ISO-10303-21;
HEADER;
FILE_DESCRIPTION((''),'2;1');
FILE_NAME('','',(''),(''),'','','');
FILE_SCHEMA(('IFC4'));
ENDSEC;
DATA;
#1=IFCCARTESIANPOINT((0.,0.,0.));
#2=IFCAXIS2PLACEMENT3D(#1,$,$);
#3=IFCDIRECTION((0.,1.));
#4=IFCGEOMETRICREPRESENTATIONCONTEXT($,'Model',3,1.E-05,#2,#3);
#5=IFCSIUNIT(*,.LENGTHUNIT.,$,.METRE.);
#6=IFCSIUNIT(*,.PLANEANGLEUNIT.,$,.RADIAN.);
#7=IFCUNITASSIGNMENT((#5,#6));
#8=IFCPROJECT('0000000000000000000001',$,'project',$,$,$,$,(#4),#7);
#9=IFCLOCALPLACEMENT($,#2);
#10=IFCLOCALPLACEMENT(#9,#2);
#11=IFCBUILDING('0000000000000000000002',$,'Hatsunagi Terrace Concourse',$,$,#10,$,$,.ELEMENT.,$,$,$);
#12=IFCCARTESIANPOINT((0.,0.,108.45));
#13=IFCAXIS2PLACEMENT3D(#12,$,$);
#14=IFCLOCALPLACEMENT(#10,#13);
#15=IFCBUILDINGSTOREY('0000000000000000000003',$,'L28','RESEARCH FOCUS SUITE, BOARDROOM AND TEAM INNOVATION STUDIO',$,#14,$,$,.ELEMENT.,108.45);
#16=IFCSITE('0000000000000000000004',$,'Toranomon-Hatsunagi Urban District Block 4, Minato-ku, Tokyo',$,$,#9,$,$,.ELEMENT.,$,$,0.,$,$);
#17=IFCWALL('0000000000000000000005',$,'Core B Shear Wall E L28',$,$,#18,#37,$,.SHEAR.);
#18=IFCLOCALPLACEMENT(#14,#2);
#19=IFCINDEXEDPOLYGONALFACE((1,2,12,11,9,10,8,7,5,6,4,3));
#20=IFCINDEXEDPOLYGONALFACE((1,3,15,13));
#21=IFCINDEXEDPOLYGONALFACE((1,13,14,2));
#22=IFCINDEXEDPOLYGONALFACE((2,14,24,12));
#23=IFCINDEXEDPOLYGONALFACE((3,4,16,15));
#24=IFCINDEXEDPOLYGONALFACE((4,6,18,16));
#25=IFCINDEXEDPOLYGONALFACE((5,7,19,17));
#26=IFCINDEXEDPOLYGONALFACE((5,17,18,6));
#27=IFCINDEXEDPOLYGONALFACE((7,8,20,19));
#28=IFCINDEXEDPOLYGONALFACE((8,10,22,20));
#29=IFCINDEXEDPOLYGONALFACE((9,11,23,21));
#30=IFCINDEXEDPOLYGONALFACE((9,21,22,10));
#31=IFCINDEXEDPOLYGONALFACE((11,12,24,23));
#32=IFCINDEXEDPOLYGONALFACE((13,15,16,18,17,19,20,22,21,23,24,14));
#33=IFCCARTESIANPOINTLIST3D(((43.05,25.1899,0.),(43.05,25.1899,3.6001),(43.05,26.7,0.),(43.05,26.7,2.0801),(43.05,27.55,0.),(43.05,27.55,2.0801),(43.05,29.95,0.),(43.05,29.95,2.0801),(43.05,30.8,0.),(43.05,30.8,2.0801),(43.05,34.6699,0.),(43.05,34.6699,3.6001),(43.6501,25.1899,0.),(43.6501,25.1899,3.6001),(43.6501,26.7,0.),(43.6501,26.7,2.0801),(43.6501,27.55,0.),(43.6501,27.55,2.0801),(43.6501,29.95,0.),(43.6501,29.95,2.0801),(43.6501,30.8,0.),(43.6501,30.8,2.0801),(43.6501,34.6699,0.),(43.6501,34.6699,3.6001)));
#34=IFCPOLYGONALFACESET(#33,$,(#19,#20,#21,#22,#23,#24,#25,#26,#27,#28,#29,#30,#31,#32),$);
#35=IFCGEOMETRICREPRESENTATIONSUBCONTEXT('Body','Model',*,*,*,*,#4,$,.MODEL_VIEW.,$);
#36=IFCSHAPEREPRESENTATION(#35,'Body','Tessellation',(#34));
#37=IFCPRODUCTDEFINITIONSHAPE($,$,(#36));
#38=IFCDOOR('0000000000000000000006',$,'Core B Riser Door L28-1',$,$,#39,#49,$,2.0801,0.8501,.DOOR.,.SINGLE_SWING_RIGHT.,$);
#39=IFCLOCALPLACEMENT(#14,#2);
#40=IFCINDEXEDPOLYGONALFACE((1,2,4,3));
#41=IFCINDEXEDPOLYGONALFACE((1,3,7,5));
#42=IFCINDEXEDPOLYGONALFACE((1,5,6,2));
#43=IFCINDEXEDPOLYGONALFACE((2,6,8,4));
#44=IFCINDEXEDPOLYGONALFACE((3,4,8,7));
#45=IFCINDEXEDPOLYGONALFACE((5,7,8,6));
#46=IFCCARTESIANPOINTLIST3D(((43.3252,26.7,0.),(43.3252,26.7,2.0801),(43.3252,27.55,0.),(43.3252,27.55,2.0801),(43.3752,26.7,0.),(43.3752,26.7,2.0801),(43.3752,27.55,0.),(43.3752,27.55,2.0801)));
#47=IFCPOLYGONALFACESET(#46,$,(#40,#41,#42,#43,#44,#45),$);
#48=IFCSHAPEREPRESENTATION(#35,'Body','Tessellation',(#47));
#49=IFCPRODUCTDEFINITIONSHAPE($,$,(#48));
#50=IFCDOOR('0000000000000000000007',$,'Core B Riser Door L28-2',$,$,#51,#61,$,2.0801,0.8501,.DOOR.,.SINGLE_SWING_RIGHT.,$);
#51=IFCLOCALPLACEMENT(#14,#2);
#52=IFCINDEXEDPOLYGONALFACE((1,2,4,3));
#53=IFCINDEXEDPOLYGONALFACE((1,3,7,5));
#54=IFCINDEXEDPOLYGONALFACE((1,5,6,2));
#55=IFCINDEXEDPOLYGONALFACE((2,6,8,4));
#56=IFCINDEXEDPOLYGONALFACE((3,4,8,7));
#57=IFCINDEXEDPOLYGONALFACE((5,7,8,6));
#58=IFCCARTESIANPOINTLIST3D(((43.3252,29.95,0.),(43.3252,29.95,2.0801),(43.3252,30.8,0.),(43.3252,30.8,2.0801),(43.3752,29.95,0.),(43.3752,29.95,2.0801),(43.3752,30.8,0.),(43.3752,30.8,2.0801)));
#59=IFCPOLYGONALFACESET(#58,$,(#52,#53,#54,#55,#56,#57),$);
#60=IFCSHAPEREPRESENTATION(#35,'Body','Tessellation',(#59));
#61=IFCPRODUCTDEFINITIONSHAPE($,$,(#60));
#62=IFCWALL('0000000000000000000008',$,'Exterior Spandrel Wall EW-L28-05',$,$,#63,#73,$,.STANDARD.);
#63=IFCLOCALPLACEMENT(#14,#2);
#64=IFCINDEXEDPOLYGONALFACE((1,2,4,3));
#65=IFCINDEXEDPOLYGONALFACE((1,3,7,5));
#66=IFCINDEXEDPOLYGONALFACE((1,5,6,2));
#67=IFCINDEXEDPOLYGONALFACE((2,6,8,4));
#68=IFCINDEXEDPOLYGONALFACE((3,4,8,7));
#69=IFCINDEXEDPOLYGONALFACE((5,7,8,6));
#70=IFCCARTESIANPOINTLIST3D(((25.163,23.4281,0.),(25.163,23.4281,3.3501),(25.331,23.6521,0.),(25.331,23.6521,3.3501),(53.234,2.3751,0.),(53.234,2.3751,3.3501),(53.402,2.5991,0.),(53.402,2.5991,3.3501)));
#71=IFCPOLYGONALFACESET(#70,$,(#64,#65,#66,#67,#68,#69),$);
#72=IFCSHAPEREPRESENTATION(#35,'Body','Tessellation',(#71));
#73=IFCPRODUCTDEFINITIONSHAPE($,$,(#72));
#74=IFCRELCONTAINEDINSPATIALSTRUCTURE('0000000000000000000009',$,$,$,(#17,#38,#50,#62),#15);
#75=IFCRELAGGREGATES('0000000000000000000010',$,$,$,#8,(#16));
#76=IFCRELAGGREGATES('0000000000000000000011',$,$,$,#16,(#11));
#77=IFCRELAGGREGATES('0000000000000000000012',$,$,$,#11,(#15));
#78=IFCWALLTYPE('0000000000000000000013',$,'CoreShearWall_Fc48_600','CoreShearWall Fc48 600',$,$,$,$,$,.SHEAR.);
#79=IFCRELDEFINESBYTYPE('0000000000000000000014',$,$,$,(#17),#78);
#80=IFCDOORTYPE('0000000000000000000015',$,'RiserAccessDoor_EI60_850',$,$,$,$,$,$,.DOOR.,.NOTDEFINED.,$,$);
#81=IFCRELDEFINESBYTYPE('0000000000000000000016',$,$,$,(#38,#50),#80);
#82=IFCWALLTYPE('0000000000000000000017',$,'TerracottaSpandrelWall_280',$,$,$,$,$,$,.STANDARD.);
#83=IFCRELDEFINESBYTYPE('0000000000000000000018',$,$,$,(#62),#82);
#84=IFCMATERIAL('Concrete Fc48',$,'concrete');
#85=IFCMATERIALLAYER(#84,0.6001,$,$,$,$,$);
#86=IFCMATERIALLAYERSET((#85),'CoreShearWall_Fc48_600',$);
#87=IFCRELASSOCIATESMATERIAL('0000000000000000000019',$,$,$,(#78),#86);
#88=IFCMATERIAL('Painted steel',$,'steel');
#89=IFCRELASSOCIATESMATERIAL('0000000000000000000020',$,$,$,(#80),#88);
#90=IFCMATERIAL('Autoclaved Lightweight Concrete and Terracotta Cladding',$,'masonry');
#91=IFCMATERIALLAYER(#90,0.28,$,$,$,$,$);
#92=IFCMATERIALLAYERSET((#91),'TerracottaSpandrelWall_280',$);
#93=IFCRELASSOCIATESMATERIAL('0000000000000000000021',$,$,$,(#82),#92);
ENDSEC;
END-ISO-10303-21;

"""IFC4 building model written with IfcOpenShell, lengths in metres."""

from ifc_helpers import new_model, si_unit, direction, frame, frame_2d, origin, place, context, subcontext, project, spatial, rectangle, extrude, material, layer, layer_set, type_object, element, fill, save


model = new_model("IFC4")

# Units and contexts
model_context = context("Model", 3, precision=1e-05, world=origin(), true_north=direction((0.0, 1.0)))
body_context = subcontext(model_context, "Body", "Model", "MODEL_VIEW")
ifc_project = project(units=[si_unit("LENGTHUNIT", "METRE"), si_unit("PLANEANGLEUNIT", "RADIAN")], contexts=[model_context])

# Site, building, storey
site_placement = place(None, origin())
site = spatial("IfcSite", under=ifc_project, at=site_placement, Name="Toranomon-Hatsunagi Urban District Block 4, Minato-ku, Tokyo", CompositionType="ELEMENT", RefElevation=0.0)
building_placement = place(site_placement, origin())
building = spatial("IfcBuilding", under=site, at=building_placement, Name="Hatsunagi Terrace Concourse", CompositionType="ELEMENT")
storey_placement = place(building_placement, frame((0.0, 0.0, 108.45)))
storey = spatial("IfcBuildingStorey", under=building, at=storey_placement, Name="L28", Description="RESEARCH FOCUS SUITE, BOARDROOM AND TEAM INNOVATION STUDIO", CompositionType="ELEMENT", Elevation=108.45)

# Wall, openings, doors
ifc_material_1 = material(Name="Concrete Fc48", Category="concrete")
ifc_layer_1 = layer(ifc_material_1, 0.6001)
ifc_layer_set_1 = layer_set([ifc_layer_1], Name="CoreShearWall_Fc48_600")
wall_type_1 = type_object("IfcWallType", Name="CoreShearWall_Fc48_600", Description="CoreShearWall Fc48 600", PredefinedType="SHEAR", material=ifc_layer_set_1)
wall_1_placement = place(storey_placement, frame((43.3501, 25.1899, 0.0), z_axis=(0.0, 0.0, 1.0), x_axis=(0.0, 1.0, 0.0)))
wall_1 = element("IfcWall", 1, at=wall_1_placement, inside=storey, type_object=wall_type_1, Name="Core B Shear Wall E L28", PredefinedType="SHEAR", context=body_context, shape_type="SweptSolid", body=[
    extrude(rectangle(XDim=9.48, YDim=0.6001, at=frame_2d((4.74, 0.0))), origin(), (0.0, 0.0, 1.0), 3.6001),
])
opening_1_placement = place(wall_1_placement, frame((1.51, 0.0, 0.0)))
opening_1 = element("IfcOpeningElement", 2, at=opening_1_placement, cuts=wall_1, PredefinedType="OPENING", context=body_context, shape_type="SweptSolid", body=[
    extrude(rectangle(XDim=0.8501, YDim=2.0801, at=frame_2d((0.425, 1.04))), frame((0.0, 0.3101, 0.0), z_axis=(0.0, -1.0, 0.0), x_axis=(1.0, 0.0, 0.0)), (0.0, 0.0, 1.0), 0.6201),
])
opening_2_placement = place(wall_1_placement, frame((4.76, 0.0, 0.0)))
opening_2 = element("IfcOpeningElement", 3, at=opening_2_placement, cuts=wall_1, PredefinedType="OPENING", context=body_context, shape_type="SweptSolid", body=[
    extrude(rectangle(XDim=0.8501, YDim=2.0801, at=frame_2d((0.425, 1.04))), frame((0.0, 0.3101, 0.0), z_axis=(0.0, -1.0, 0.0), x_axis=(1.0, 0.0, 0.0)), (0.0, 0.0, 1.0), 0.6201),
])
ifc_material_2 = material(Name="Painted steel", Category="steel")
door_type = type_object("IfcDoorType", Name="RiserAccessDoor_EI60_850", OperationType="NOTDEFINED", PredefinedType="DOOR", material=ifc_material_2)
door_1_placement = place(opening_1_placement, origin())
door_1 = element("IfcDoor", 4, at=door_1_placement, inside=storey, type_object=door_type, Name="Core B Riser Door L28-1", OperationType="SINGLE_SWING_RIGHT", OverallHeight=2.0801, OverallWidth=0.8501, PredefinedType="DOOR", context=body_context, shape_type="SweptSolid", body=[
    extrude(rectangle(XDim=0.8501, YDim=2.0801, at=frame_2d((0.425, 1.04))), frame((0.0, 0.0249, 0.0), z_axis=(0.0, -1.0, 0.0), x_axis=(1.0, 0.0, 0.0)), (0.0, 0.0, 1.0), 0.05),
])
fill(opening_1, door_1)
door_2_placement = place(opening_2_placement, origin())
door_2 = element("IfcDoor", 5, at=door_2_placement, inside=storey, type_object=door_type, Name="Core B Riser Door L28-2", OperationType="SINGLE_SWING_RIGHT", OverallHeight=2.0801, OverallWidth=0.8501, PredefinedType="DOOR", context=body_context, shape_type="SweptSolid", body=[
    extrude(rectangle(XDim=0.8501, YDim=2.0801, at=frame_2d((0.425, 1.04))), frame((0.0, 0.0249, 0.0), z_axis=(0.0, -1.0, 0.0), x_axis=(1.0, 0.0, 0.0)), (0.0, 0.0, 1.0), 0.05),
])
fill(opening_2, door_2)

# Wall
ifc_material_3 = material(Name="Autoclaved Lightweight Concrete and Terracotta Cladding", Category="masonry")
ifc_layer_2 = layer(ifc_material_3, 0.28)
ifc_layer_set_2 = layer_set([ifc_layer_2], Name="TerracottaSpandrelWall_280")
wall_type_2 = type_object("IfcWallType", Name="TerracottaSpandrelWall_280", PredefinedType="STANDARD", material=ifc_layer_set_2)
wall_2_placement = place(storey_placement, frame((53.3181, 2.4871, 0.0), z_axis=(0.0, 0.0, 1.0), x_axis=(-0.800004, 0.599994, 0.0)))
element("IfcWall", 6, at=wall_2_placement, inside=storey, type_object=wall_type_2, Name="Exterior Spandrel Wall EW-L28-05", PredefinedType="STANDARD", context=body_context, shape_type="SweptSolid", body=[
    extrude(rectangle(XDim=35.0886, YDim=0.28, at=frame_2d((17.5444, 0.0))), origin(), (0.0, 0.0, 1.0), 3.3501),
])

save(model, "model.ifc")
